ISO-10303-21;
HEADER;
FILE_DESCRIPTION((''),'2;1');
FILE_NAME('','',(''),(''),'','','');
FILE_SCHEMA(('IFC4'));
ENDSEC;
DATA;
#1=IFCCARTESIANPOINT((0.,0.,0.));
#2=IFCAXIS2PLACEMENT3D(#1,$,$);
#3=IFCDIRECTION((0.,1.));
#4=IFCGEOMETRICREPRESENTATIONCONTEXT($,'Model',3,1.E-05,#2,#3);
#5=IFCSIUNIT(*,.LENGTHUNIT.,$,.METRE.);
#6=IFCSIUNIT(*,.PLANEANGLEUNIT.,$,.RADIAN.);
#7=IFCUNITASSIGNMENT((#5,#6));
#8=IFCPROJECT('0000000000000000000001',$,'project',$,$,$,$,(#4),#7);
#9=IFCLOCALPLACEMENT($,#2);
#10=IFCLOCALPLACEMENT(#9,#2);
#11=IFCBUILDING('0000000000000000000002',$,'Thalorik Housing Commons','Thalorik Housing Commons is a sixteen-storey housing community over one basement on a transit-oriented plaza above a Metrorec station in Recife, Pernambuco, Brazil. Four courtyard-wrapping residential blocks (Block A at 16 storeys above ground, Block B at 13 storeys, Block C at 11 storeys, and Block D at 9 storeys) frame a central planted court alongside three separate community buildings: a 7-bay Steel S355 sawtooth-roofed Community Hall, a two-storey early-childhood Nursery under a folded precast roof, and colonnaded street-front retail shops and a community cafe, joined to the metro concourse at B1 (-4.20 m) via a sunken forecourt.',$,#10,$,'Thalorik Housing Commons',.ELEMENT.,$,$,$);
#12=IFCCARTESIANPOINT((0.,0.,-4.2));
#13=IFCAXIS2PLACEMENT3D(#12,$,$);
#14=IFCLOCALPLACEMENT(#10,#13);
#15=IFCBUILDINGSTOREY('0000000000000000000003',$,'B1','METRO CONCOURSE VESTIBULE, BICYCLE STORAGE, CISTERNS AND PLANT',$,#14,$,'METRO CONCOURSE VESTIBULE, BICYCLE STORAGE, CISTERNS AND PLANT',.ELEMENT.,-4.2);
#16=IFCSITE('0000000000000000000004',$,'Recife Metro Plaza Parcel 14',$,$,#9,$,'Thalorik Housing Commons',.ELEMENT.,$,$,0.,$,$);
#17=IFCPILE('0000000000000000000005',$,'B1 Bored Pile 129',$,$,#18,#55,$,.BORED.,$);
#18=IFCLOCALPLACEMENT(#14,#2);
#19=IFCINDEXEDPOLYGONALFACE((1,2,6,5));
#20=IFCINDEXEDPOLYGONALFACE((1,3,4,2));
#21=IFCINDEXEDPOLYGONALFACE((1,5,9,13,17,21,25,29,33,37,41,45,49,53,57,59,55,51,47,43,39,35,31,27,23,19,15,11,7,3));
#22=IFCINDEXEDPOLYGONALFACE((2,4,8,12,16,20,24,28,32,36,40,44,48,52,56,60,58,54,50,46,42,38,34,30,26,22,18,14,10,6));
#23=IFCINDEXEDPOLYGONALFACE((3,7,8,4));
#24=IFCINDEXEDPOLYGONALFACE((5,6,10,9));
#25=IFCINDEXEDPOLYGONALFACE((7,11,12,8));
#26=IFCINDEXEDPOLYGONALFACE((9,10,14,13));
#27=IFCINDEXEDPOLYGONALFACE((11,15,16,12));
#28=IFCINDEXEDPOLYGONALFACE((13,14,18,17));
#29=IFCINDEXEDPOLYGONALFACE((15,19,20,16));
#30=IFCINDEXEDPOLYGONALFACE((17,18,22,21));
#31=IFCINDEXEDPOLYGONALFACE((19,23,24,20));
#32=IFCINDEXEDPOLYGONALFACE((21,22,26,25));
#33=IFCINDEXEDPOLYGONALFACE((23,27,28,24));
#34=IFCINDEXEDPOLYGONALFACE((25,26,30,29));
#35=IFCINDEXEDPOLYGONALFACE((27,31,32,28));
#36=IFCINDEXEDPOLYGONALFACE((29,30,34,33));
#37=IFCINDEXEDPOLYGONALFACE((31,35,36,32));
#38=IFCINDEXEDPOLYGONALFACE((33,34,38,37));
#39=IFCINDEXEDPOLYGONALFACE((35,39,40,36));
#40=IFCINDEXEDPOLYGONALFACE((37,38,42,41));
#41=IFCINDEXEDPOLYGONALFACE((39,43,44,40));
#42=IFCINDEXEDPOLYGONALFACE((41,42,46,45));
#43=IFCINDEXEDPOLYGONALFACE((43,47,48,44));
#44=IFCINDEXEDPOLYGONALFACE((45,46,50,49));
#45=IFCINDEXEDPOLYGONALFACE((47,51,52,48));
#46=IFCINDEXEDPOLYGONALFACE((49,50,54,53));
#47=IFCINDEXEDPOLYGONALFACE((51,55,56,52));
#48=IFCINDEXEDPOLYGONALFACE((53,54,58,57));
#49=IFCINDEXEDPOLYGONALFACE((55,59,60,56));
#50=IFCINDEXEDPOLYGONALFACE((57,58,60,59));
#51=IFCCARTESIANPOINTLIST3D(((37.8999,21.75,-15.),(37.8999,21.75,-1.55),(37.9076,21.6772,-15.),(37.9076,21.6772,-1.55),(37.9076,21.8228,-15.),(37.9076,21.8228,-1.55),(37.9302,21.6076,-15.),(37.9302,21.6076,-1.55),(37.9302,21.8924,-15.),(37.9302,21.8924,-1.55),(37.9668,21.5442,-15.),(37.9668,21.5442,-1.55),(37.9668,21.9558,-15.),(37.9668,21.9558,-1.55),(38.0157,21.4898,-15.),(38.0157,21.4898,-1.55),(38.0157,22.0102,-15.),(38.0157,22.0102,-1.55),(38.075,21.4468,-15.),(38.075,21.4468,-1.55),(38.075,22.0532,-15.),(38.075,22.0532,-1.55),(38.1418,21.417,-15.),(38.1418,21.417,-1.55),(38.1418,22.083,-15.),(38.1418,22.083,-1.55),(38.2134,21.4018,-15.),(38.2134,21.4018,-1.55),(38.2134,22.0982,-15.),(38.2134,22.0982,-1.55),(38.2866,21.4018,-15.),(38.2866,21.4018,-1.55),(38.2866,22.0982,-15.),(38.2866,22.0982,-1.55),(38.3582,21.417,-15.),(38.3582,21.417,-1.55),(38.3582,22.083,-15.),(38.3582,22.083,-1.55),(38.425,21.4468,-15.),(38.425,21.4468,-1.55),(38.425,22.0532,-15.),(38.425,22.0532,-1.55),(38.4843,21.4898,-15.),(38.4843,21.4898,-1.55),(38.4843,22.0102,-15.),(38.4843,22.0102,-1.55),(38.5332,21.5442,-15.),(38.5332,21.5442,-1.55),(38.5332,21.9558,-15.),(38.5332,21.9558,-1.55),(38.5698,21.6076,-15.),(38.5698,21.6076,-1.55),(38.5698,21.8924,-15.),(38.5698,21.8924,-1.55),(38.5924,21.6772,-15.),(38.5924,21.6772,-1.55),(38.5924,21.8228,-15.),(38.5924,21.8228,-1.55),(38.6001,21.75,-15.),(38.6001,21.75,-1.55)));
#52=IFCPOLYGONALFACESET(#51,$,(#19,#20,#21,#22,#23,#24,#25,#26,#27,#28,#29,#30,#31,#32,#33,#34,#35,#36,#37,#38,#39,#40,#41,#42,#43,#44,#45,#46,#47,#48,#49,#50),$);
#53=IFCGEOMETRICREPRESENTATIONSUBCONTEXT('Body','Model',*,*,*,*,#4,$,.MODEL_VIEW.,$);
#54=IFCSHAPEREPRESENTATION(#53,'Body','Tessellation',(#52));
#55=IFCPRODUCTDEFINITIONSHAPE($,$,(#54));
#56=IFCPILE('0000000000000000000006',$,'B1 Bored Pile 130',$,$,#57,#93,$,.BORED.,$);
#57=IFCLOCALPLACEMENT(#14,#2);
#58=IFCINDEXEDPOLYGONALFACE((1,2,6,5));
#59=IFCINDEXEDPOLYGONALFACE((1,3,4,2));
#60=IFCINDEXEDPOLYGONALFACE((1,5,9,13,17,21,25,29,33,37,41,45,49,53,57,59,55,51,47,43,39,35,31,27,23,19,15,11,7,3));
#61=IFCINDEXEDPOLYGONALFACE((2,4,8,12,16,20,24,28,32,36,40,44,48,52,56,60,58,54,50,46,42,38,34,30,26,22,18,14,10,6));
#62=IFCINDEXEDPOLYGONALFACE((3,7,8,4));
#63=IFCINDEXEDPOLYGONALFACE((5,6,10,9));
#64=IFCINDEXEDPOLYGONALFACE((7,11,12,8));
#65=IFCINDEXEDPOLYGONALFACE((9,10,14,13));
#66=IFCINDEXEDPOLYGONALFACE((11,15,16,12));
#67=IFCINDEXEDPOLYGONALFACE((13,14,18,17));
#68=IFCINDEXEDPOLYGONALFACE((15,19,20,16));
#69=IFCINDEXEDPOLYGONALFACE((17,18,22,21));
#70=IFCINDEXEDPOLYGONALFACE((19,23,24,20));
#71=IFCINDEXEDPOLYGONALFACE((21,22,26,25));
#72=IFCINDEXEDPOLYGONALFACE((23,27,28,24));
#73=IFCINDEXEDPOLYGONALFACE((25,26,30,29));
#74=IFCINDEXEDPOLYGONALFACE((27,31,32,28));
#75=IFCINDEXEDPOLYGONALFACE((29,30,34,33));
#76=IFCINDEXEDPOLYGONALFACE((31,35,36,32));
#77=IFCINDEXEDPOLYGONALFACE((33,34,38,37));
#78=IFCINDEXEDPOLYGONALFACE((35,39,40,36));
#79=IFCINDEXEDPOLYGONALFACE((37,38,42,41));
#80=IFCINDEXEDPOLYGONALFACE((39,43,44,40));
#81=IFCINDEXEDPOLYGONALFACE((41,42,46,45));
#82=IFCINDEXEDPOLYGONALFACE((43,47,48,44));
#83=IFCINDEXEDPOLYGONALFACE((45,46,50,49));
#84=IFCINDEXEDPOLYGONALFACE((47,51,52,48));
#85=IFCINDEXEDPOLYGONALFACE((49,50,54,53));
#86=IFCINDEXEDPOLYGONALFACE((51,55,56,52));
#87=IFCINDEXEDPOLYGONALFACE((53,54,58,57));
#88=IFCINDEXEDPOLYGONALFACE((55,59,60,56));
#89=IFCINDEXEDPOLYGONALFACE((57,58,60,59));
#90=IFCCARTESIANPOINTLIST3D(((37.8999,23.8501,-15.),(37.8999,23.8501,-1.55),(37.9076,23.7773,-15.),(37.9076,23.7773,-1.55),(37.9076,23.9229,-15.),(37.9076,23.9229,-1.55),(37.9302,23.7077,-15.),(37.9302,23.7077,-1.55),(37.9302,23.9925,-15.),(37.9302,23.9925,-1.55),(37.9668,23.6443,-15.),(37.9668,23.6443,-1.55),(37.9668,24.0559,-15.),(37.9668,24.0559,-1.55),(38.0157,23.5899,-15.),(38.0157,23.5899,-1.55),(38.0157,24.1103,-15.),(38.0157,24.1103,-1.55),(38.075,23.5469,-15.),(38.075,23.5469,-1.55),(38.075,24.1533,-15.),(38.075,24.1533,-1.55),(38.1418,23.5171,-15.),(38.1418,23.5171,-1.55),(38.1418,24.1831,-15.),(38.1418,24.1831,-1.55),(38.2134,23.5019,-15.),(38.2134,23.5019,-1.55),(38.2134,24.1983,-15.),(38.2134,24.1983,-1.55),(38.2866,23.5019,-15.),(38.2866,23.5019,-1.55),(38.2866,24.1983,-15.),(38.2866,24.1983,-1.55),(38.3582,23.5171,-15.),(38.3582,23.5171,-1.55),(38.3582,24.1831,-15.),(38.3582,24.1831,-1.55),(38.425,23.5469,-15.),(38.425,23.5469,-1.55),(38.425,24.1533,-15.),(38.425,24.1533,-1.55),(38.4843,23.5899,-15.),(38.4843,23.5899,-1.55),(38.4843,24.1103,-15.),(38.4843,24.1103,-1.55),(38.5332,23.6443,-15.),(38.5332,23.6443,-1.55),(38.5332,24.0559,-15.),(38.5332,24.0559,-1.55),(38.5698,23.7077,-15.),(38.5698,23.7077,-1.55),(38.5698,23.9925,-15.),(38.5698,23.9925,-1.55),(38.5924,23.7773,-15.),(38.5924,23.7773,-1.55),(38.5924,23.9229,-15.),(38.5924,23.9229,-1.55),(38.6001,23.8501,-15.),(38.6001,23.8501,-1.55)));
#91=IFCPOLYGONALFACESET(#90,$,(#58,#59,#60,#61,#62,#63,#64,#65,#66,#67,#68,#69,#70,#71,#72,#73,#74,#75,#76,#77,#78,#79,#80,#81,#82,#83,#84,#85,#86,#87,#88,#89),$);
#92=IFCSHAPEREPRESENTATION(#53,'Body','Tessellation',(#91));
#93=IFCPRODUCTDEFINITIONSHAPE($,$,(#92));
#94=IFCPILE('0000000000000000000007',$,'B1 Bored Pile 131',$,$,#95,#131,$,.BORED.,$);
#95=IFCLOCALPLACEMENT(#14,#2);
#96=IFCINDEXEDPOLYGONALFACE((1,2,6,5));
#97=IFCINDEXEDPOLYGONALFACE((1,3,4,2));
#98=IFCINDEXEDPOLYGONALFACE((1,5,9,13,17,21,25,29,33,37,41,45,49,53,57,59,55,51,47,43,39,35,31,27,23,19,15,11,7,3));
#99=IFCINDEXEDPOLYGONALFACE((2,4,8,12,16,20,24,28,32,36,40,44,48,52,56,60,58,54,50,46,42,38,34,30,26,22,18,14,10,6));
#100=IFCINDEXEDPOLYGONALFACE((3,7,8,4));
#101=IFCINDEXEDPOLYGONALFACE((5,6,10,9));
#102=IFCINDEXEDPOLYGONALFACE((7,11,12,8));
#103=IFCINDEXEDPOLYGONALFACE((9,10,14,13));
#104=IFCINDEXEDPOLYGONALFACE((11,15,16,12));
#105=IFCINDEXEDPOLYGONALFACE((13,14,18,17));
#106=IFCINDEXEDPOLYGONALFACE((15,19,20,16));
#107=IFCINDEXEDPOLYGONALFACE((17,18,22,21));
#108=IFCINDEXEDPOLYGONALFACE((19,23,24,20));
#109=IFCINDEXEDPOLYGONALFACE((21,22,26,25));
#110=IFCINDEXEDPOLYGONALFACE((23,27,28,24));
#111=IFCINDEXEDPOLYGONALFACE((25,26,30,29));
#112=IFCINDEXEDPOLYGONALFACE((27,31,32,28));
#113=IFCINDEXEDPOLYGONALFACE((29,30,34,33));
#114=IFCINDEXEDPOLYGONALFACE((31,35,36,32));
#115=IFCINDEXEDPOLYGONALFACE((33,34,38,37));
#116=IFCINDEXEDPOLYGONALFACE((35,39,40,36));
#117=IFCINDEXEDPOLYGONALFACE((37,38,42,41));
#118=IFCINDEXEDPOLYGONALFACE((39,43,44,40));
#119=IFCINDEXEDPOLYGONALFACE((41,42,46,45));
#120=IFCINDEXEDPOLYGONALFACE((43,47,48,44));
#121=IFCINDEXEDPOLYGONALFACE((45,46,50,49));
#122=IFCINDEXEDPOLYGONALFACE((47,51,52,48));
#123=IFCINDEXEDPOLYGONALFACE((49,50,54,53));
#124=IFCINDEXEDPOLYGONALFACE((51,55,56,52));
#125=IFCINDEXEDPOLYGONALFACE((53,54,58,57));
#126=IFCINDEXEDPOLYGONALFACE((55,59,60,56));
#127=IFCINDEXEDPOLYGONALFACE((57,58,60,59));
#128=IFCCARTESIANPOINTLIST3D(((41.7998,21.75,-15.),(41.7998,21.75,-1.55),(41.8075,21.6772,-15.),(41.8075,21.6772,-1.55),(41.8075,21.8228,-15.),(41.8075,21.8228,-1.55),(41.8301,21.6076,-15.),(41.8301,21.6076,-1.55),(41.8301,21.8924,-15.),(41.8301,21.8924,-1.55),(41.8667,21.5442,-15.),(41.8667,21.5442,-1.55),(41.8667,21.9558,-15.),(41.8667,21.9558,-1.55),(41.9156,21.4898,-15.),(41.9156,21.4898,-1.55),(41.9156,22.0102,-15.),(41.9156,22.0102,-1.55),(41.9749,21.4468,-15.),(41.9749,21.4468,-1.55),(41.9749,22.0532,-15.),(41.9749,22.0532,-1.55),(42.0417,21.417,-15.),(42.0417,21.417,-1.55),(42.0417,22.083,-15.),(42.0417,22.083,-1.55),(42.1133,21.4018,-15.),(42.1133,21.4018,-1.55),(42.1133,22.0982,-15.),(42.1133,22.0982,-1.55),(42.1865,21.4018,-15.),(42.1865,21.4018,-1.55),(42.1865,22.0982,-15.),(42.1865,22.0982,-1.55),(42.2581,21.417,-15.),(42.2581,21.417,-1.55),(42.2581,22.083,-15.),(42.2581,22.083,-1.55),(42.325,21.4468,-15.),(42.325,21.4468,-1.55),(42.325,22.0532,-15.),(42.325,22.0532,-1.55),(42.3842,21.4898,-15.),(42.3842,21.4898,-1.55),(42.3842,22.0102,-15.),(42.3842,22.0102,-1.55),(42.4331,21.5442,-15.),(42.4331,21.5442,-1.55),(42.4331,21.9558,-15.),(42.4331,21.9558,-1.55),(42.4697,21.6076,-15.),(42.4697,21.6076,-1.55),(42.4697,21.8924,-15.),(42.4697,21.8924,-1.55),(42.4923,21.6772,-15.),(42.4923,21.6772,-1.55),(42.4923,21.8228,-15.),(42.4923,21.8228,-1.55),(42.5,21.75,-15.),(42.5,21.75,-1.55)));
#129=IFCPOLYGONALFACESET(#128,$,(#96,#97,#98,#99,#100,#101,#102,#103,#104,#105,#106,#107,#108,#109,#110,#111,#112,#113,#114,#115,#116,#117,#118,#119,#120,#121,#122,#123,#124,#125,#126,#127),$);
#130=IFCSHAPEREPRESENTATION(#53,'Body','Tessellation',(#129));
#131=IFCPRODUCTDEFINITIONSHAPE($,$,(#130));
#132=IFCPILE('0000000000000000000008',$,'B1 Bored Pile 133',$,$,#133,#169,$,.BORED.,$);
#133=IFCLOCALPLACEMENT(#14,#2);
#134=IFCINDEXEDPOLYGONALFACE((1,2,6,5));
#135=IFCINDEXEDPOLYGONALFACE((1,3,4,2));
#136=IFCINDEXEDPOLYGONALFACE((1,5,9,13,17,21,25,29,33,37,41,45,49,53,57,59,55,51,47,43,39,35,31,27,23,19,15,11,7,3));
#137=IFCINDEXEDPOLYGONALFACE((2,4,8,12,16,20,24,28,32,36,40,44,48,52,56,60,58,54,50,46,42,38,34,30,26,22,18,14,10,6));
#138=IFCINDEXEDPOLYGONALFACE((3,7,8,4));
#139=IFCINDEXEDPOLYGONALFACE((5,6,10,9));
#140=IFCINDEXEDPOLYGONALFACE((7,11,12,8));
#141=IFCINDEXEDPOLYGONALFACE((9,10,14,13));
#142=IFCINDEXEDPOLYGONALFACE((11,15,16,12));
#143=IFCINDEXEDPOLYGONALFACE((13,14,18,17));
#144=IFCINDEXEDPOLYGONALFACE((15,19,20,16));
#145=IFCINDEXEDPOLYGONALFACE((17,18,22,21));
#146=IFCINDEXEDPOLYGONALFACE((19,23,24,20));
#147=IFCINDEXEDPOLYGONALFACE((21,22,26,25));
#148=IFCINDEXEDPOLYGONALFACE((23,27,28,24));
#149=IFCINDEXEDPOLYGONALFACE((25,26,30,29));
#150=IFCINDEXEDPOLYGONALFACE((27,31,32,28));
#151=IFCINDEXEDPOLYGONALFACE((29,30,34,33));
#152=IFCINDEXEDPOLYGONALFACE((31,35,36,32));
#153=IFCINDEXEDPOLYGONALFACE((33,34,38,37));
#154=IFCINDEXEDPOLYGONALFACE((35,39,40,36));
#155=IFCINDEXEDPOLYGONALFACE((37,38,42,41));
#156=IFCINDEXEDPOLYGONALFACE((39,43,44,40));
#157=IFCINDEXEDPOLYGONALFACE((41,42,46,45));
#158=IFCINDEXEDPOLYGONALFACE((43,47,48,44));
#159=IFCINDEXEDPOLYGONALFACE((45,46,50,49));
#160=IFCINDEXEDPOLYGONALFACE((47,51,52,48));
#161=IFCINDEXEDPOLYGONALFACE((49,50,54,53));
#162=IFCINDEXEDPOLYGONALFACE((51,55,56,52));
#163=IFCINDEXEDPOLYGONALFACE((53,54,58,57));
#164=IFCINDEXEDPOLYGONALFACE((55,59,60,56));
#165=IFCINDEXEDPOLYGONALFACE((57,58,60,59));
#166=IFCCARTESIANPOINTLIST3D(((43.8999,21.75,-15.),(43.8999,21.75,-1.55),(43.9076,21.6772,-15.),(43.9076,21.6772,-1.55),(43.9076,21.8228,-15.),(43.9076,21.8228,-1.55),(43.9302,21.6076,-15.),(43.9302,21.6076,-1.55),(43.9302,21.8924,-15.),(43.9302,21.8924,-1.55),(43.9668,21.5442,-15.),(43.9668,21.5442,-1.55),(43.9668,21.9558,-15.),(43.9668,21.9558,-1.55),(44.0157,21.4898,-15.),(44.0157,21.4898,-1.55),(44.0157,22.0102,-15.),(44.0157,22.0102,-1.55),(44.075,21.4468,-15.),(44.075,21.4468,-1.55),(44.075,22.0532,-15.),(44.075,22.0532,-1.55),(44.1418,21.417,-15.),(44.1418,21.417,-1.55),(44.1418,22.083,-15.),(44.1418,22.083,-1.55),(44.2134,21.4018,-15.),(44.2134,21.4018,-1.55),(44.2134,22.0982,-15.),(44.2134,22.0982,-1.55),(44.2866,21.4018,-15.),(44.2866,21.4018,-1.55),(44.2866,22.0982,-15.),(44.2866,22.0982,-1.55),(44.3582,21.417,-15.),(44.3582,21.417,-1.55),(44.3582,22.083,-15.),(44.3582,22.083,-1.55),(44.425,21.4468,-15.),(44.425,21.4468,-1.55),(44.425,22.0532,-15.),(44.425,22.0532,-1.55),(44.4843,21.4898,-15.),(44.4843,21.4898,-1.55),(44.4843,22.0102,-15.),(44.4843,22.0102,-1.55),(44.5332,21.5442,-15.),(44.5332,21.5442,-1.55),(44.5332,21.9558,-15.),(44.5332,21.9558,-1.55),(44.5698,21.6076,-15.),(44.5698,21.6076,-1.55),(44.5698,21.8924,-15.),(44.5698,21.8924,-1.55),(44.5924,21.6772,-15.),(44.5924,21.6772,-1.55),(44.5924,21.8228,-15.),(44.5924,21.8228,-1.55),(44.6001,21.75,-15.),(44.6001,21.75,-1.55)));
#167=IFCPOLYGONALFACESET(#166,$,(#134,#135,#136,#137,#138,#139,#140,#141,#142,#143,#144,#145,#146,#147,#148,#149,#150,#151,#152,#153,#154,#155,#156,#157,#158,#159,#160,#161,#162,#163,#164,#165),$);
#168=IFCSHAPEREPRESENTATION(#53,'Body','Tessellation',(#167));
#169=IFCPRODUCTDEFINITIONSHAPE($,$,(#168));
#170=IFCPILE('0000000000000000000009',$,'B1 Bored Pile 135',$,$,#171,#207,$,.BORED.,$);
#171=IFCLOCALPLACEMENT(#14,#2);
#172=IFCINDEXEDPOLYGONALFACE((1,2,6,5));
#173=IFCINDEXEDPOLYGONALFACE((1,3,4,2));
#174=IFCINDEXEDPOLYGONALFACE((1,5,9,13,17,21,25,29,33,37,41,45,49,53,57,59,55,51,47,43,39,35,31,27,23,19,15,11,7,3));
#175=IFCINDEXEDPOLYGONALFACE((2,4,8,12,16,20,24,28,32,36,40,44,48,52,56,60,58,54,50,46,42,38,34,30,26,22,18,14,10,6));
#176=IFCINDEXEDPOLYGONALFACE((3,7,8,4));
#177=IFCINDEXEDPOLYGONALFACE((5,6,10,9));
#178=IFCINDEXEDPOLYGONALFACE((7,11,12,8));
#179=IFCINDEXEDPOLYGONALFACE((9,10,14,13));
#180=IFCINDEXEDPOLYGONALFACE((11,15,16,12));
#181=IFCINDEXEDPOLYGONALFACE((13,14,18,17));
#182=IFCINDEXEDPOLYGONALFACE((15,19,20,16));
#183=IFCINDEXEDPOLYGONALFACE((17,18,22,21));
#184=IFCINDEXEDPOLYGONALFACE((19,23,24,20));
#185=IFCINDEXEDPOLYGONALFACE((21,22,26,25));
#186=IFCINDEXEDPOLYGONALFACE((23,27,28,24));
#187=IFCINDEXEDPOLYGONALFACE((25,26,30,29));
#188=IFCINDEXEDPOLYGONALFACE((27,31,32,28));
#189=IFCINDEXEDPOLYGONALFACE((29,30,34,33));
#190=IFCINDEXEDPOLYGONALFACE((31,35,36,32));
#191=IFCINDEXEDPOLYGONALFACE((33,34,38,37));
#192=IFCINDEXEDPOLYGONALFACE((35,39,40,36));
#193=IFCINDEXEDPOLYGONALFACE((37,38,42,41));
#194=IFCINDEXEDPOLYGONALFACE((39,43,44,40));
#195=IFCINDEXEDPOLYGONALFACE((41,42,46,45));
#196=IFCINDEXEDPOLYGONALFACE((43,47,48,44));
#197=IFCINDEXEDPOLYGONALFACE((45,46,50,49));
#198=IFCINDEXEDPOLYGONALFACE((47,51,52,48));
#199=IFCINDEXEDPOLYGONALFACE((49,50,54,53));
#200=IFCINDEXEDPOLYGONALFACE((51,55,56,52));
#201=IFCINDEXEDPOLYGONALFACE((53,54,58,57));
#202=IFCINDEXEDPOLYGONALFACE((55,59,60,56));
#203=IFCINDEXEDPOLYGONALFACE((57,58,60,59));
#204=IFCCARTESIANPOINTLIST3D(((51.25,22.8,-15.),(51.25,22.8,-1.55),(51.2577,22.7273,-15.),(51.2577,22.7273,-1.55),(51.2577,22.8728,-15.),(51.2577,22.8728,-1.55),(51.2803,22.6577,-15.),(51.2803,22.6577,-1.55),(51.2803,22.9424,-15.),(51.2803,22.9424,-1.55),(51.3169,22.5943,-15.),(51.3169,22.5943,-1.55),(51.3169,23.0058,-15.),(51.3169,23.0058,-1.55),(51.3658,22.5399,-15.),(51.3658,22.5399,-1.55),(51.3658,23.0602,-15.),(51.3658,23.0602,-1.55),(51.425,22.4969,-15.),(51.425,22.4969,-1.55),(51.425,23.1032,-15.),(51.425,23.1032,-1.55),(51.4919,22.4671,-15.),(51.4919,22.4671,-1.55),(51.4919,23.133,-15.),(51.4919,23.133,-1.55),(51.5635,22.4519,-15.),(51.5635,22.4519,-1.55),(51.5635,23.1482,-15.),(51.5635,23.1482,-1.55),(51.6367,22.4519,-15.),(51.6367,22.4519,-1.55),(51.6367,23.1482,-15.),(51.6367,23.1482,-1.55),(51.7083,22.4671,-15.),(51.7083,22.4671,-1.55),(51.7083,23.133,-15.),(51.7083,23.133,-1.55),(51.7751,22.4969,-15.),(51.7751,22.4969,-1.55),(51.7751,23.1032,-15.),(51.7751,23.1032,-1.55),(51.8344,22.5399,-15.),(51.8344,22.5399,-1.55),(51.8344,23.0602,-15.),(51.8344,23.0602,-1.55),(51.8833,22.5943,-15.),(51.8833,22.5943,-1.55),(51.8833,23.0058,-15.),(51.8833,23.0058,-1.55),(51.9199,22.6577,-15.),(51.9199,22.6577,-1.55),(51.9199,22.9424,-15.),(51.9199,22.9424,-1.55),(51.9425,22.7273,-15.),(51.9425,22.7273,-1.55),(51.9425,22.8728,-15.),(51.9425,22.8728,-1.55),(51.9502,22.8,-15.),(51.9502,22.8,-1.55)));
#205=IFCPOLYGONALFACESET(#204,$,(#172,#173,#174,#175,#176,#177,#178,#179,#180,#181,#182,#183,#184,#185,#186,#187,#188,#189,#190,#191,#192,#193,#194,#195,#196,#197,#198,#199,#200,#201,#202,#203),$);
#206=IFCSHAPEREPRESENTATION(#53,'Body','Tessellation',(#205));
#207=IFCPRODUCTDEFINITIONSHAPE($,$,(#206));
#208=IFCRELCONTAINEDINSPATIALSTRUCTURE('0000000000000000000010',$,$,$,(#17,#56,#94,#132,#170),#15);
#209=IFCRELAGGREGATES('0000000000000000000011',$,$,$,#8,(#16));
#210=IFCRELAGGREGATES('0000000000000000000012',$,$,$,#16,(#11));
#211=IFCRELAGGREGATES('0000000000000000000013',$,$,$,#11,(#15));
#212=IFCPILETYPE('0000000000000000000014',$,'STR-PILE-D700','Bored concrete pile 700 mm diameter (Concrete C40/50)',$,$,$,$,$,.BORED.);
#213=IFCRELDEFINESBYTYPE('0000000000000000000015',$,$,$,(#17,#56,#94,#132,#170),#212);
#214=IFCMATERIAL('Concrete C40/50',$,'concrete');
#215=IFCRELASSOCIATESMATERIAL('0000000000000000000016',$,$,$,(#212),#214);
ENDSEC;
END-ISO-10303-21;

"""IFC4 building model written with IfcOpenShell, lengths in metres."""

from ifc_helpers import new_model, si_unit, direction, frame, origin, origin_2d, place, context, subcontext, project, spatial, circle, extrude, material, material_profile, profile_set, type_object, element, save


model = new_model("IFC4")

# Units and contexts
model_context = context("Model", 3, precision=1e-05, world=origin(), true_north=direction((0.0, 1.0)))
body_context = subcontext(model_context, "Body", "Model", "MODEL_VIEW")
ifc_project = project(units=[si_unit("LENGTHUNIT", "METRE"), si_unit("PLANEANGLEUNIT", "RADIAN")], contexts=[model_context])

# Site, building, storey
site_placement = place(None, origin())
site = spatial("IfcSite", under=ifc_project, at=site_placement, Name="Recife Metro Plaza Parcel 14", LongName="Thalorik Housing Commons", CompositionType="ELEMENT", RefElevation=0.0)
building_placement = place(site_placement, origin())
building = spatial("IfcBuilding", under=site, at=building_placement, Name="Thalorik Housing Commons", Description="Thalorik Housing Commons is a sixteen-storey housing community over one basement on a transit-oriented plaza above a Metrorec station in Recife, Pernambuco, Brazil. Four courtyard-wrapping residential blocks (Block A at 16 storeys above ground, Block B at 13 storeys, Block C at 11 storeys, and Block D at 9 storeys) frame a central planted court alongside three separate community buildings: a 7-bay Steel S355 sawtooth-roofed Community Hall, a two-storey early-childhood Nursery under a folded precast roof, and colonnaded street-front retail shops and a community cafe, joined to the metro concourse at B1 (-4.20 m) via a sunken forecourt.", LongName="Thalorik Housing Commons", CompositionType="ELEMENT")
storey_placement = place(building_placement, frame((0.0, 0.0, -4.2)))
storey = spatial("IfcBuildingStorey", under=building, at=storey_placement, Name="B1", Description="METRO CONCOURSE VESTIBULE, BICYCLE STORAGE, CISTERNS AND PLANT", LongName="METRO CONCOURSE VESTIBULE, BICYCLE STORAGE, CISTERNS AND PLANT", CompositionType="ELEMENT", Elevation=-4.2)

# Shared definitions
ifc_material_1 = material(Name="Concrete C40/50", Category="concrete")

# Piles
ifc_material_profile_1 = material_profile(ifc_material_1, circle(Radius=0.3501, at=origin_2d()), Name="BORED PILE D700", Category="concrete")
ifc_profile_set_1 = profile_set([ifc_material_profile_1], Name="Concrete C40/50")
pile_type = type_object("IfcPileType", Name="STR-PILE-D700", Description="Bored concrete pile 700 mm diameter (Concrete C40/50)", PredefinedType="BORED", material=ifc_profile_set_1)
for number, where, z_axis, x_axis, name in (
    (1, (38.25, 21.75, -1.55), (0.0, 0.0, -1.0), (1.0, 0.0, 0.0), "B1 Bored Pile 129"),
    (2, (38.25, 23.8501, -1.55), (0.0, 0.0, -1.0), (1.0, 0.0, 0.0), "B1 Bored Pile 130"),
    (3, (42.1499, 21.75, -1.55), (0.0, 0.0, -1.0), (1.0, 0.0, 0.0), "B1 Bored Pile 131"),
    (4, (44.25, 21.75, -1.55), (0.0, 0.0, -1.0), (1.0, 0.0, 0.0), "B1 Bored Pile 133"),
    (5, (51.6001, 22.8, -1.55), (0.0, 0.0, -1.0), (1.0, 0.0, 0.0), "B1 Bored Pile 135"),
):
    element("IfcPile", number, at=place(storey_placement, frame(where, z_axis=z_axis, x_axis=x_axis)), inside=storey, type_object=pile_type, Name=name, PredefinedType="BORED", context=body_context, shape_type="SweptSolid", body=[
        extrude(circle(Radius=0.3501, at=origin_2d()), origin(), (0.0, 0.0, 1.0), 13.45),
    ])

save(model, "model.ifc")
